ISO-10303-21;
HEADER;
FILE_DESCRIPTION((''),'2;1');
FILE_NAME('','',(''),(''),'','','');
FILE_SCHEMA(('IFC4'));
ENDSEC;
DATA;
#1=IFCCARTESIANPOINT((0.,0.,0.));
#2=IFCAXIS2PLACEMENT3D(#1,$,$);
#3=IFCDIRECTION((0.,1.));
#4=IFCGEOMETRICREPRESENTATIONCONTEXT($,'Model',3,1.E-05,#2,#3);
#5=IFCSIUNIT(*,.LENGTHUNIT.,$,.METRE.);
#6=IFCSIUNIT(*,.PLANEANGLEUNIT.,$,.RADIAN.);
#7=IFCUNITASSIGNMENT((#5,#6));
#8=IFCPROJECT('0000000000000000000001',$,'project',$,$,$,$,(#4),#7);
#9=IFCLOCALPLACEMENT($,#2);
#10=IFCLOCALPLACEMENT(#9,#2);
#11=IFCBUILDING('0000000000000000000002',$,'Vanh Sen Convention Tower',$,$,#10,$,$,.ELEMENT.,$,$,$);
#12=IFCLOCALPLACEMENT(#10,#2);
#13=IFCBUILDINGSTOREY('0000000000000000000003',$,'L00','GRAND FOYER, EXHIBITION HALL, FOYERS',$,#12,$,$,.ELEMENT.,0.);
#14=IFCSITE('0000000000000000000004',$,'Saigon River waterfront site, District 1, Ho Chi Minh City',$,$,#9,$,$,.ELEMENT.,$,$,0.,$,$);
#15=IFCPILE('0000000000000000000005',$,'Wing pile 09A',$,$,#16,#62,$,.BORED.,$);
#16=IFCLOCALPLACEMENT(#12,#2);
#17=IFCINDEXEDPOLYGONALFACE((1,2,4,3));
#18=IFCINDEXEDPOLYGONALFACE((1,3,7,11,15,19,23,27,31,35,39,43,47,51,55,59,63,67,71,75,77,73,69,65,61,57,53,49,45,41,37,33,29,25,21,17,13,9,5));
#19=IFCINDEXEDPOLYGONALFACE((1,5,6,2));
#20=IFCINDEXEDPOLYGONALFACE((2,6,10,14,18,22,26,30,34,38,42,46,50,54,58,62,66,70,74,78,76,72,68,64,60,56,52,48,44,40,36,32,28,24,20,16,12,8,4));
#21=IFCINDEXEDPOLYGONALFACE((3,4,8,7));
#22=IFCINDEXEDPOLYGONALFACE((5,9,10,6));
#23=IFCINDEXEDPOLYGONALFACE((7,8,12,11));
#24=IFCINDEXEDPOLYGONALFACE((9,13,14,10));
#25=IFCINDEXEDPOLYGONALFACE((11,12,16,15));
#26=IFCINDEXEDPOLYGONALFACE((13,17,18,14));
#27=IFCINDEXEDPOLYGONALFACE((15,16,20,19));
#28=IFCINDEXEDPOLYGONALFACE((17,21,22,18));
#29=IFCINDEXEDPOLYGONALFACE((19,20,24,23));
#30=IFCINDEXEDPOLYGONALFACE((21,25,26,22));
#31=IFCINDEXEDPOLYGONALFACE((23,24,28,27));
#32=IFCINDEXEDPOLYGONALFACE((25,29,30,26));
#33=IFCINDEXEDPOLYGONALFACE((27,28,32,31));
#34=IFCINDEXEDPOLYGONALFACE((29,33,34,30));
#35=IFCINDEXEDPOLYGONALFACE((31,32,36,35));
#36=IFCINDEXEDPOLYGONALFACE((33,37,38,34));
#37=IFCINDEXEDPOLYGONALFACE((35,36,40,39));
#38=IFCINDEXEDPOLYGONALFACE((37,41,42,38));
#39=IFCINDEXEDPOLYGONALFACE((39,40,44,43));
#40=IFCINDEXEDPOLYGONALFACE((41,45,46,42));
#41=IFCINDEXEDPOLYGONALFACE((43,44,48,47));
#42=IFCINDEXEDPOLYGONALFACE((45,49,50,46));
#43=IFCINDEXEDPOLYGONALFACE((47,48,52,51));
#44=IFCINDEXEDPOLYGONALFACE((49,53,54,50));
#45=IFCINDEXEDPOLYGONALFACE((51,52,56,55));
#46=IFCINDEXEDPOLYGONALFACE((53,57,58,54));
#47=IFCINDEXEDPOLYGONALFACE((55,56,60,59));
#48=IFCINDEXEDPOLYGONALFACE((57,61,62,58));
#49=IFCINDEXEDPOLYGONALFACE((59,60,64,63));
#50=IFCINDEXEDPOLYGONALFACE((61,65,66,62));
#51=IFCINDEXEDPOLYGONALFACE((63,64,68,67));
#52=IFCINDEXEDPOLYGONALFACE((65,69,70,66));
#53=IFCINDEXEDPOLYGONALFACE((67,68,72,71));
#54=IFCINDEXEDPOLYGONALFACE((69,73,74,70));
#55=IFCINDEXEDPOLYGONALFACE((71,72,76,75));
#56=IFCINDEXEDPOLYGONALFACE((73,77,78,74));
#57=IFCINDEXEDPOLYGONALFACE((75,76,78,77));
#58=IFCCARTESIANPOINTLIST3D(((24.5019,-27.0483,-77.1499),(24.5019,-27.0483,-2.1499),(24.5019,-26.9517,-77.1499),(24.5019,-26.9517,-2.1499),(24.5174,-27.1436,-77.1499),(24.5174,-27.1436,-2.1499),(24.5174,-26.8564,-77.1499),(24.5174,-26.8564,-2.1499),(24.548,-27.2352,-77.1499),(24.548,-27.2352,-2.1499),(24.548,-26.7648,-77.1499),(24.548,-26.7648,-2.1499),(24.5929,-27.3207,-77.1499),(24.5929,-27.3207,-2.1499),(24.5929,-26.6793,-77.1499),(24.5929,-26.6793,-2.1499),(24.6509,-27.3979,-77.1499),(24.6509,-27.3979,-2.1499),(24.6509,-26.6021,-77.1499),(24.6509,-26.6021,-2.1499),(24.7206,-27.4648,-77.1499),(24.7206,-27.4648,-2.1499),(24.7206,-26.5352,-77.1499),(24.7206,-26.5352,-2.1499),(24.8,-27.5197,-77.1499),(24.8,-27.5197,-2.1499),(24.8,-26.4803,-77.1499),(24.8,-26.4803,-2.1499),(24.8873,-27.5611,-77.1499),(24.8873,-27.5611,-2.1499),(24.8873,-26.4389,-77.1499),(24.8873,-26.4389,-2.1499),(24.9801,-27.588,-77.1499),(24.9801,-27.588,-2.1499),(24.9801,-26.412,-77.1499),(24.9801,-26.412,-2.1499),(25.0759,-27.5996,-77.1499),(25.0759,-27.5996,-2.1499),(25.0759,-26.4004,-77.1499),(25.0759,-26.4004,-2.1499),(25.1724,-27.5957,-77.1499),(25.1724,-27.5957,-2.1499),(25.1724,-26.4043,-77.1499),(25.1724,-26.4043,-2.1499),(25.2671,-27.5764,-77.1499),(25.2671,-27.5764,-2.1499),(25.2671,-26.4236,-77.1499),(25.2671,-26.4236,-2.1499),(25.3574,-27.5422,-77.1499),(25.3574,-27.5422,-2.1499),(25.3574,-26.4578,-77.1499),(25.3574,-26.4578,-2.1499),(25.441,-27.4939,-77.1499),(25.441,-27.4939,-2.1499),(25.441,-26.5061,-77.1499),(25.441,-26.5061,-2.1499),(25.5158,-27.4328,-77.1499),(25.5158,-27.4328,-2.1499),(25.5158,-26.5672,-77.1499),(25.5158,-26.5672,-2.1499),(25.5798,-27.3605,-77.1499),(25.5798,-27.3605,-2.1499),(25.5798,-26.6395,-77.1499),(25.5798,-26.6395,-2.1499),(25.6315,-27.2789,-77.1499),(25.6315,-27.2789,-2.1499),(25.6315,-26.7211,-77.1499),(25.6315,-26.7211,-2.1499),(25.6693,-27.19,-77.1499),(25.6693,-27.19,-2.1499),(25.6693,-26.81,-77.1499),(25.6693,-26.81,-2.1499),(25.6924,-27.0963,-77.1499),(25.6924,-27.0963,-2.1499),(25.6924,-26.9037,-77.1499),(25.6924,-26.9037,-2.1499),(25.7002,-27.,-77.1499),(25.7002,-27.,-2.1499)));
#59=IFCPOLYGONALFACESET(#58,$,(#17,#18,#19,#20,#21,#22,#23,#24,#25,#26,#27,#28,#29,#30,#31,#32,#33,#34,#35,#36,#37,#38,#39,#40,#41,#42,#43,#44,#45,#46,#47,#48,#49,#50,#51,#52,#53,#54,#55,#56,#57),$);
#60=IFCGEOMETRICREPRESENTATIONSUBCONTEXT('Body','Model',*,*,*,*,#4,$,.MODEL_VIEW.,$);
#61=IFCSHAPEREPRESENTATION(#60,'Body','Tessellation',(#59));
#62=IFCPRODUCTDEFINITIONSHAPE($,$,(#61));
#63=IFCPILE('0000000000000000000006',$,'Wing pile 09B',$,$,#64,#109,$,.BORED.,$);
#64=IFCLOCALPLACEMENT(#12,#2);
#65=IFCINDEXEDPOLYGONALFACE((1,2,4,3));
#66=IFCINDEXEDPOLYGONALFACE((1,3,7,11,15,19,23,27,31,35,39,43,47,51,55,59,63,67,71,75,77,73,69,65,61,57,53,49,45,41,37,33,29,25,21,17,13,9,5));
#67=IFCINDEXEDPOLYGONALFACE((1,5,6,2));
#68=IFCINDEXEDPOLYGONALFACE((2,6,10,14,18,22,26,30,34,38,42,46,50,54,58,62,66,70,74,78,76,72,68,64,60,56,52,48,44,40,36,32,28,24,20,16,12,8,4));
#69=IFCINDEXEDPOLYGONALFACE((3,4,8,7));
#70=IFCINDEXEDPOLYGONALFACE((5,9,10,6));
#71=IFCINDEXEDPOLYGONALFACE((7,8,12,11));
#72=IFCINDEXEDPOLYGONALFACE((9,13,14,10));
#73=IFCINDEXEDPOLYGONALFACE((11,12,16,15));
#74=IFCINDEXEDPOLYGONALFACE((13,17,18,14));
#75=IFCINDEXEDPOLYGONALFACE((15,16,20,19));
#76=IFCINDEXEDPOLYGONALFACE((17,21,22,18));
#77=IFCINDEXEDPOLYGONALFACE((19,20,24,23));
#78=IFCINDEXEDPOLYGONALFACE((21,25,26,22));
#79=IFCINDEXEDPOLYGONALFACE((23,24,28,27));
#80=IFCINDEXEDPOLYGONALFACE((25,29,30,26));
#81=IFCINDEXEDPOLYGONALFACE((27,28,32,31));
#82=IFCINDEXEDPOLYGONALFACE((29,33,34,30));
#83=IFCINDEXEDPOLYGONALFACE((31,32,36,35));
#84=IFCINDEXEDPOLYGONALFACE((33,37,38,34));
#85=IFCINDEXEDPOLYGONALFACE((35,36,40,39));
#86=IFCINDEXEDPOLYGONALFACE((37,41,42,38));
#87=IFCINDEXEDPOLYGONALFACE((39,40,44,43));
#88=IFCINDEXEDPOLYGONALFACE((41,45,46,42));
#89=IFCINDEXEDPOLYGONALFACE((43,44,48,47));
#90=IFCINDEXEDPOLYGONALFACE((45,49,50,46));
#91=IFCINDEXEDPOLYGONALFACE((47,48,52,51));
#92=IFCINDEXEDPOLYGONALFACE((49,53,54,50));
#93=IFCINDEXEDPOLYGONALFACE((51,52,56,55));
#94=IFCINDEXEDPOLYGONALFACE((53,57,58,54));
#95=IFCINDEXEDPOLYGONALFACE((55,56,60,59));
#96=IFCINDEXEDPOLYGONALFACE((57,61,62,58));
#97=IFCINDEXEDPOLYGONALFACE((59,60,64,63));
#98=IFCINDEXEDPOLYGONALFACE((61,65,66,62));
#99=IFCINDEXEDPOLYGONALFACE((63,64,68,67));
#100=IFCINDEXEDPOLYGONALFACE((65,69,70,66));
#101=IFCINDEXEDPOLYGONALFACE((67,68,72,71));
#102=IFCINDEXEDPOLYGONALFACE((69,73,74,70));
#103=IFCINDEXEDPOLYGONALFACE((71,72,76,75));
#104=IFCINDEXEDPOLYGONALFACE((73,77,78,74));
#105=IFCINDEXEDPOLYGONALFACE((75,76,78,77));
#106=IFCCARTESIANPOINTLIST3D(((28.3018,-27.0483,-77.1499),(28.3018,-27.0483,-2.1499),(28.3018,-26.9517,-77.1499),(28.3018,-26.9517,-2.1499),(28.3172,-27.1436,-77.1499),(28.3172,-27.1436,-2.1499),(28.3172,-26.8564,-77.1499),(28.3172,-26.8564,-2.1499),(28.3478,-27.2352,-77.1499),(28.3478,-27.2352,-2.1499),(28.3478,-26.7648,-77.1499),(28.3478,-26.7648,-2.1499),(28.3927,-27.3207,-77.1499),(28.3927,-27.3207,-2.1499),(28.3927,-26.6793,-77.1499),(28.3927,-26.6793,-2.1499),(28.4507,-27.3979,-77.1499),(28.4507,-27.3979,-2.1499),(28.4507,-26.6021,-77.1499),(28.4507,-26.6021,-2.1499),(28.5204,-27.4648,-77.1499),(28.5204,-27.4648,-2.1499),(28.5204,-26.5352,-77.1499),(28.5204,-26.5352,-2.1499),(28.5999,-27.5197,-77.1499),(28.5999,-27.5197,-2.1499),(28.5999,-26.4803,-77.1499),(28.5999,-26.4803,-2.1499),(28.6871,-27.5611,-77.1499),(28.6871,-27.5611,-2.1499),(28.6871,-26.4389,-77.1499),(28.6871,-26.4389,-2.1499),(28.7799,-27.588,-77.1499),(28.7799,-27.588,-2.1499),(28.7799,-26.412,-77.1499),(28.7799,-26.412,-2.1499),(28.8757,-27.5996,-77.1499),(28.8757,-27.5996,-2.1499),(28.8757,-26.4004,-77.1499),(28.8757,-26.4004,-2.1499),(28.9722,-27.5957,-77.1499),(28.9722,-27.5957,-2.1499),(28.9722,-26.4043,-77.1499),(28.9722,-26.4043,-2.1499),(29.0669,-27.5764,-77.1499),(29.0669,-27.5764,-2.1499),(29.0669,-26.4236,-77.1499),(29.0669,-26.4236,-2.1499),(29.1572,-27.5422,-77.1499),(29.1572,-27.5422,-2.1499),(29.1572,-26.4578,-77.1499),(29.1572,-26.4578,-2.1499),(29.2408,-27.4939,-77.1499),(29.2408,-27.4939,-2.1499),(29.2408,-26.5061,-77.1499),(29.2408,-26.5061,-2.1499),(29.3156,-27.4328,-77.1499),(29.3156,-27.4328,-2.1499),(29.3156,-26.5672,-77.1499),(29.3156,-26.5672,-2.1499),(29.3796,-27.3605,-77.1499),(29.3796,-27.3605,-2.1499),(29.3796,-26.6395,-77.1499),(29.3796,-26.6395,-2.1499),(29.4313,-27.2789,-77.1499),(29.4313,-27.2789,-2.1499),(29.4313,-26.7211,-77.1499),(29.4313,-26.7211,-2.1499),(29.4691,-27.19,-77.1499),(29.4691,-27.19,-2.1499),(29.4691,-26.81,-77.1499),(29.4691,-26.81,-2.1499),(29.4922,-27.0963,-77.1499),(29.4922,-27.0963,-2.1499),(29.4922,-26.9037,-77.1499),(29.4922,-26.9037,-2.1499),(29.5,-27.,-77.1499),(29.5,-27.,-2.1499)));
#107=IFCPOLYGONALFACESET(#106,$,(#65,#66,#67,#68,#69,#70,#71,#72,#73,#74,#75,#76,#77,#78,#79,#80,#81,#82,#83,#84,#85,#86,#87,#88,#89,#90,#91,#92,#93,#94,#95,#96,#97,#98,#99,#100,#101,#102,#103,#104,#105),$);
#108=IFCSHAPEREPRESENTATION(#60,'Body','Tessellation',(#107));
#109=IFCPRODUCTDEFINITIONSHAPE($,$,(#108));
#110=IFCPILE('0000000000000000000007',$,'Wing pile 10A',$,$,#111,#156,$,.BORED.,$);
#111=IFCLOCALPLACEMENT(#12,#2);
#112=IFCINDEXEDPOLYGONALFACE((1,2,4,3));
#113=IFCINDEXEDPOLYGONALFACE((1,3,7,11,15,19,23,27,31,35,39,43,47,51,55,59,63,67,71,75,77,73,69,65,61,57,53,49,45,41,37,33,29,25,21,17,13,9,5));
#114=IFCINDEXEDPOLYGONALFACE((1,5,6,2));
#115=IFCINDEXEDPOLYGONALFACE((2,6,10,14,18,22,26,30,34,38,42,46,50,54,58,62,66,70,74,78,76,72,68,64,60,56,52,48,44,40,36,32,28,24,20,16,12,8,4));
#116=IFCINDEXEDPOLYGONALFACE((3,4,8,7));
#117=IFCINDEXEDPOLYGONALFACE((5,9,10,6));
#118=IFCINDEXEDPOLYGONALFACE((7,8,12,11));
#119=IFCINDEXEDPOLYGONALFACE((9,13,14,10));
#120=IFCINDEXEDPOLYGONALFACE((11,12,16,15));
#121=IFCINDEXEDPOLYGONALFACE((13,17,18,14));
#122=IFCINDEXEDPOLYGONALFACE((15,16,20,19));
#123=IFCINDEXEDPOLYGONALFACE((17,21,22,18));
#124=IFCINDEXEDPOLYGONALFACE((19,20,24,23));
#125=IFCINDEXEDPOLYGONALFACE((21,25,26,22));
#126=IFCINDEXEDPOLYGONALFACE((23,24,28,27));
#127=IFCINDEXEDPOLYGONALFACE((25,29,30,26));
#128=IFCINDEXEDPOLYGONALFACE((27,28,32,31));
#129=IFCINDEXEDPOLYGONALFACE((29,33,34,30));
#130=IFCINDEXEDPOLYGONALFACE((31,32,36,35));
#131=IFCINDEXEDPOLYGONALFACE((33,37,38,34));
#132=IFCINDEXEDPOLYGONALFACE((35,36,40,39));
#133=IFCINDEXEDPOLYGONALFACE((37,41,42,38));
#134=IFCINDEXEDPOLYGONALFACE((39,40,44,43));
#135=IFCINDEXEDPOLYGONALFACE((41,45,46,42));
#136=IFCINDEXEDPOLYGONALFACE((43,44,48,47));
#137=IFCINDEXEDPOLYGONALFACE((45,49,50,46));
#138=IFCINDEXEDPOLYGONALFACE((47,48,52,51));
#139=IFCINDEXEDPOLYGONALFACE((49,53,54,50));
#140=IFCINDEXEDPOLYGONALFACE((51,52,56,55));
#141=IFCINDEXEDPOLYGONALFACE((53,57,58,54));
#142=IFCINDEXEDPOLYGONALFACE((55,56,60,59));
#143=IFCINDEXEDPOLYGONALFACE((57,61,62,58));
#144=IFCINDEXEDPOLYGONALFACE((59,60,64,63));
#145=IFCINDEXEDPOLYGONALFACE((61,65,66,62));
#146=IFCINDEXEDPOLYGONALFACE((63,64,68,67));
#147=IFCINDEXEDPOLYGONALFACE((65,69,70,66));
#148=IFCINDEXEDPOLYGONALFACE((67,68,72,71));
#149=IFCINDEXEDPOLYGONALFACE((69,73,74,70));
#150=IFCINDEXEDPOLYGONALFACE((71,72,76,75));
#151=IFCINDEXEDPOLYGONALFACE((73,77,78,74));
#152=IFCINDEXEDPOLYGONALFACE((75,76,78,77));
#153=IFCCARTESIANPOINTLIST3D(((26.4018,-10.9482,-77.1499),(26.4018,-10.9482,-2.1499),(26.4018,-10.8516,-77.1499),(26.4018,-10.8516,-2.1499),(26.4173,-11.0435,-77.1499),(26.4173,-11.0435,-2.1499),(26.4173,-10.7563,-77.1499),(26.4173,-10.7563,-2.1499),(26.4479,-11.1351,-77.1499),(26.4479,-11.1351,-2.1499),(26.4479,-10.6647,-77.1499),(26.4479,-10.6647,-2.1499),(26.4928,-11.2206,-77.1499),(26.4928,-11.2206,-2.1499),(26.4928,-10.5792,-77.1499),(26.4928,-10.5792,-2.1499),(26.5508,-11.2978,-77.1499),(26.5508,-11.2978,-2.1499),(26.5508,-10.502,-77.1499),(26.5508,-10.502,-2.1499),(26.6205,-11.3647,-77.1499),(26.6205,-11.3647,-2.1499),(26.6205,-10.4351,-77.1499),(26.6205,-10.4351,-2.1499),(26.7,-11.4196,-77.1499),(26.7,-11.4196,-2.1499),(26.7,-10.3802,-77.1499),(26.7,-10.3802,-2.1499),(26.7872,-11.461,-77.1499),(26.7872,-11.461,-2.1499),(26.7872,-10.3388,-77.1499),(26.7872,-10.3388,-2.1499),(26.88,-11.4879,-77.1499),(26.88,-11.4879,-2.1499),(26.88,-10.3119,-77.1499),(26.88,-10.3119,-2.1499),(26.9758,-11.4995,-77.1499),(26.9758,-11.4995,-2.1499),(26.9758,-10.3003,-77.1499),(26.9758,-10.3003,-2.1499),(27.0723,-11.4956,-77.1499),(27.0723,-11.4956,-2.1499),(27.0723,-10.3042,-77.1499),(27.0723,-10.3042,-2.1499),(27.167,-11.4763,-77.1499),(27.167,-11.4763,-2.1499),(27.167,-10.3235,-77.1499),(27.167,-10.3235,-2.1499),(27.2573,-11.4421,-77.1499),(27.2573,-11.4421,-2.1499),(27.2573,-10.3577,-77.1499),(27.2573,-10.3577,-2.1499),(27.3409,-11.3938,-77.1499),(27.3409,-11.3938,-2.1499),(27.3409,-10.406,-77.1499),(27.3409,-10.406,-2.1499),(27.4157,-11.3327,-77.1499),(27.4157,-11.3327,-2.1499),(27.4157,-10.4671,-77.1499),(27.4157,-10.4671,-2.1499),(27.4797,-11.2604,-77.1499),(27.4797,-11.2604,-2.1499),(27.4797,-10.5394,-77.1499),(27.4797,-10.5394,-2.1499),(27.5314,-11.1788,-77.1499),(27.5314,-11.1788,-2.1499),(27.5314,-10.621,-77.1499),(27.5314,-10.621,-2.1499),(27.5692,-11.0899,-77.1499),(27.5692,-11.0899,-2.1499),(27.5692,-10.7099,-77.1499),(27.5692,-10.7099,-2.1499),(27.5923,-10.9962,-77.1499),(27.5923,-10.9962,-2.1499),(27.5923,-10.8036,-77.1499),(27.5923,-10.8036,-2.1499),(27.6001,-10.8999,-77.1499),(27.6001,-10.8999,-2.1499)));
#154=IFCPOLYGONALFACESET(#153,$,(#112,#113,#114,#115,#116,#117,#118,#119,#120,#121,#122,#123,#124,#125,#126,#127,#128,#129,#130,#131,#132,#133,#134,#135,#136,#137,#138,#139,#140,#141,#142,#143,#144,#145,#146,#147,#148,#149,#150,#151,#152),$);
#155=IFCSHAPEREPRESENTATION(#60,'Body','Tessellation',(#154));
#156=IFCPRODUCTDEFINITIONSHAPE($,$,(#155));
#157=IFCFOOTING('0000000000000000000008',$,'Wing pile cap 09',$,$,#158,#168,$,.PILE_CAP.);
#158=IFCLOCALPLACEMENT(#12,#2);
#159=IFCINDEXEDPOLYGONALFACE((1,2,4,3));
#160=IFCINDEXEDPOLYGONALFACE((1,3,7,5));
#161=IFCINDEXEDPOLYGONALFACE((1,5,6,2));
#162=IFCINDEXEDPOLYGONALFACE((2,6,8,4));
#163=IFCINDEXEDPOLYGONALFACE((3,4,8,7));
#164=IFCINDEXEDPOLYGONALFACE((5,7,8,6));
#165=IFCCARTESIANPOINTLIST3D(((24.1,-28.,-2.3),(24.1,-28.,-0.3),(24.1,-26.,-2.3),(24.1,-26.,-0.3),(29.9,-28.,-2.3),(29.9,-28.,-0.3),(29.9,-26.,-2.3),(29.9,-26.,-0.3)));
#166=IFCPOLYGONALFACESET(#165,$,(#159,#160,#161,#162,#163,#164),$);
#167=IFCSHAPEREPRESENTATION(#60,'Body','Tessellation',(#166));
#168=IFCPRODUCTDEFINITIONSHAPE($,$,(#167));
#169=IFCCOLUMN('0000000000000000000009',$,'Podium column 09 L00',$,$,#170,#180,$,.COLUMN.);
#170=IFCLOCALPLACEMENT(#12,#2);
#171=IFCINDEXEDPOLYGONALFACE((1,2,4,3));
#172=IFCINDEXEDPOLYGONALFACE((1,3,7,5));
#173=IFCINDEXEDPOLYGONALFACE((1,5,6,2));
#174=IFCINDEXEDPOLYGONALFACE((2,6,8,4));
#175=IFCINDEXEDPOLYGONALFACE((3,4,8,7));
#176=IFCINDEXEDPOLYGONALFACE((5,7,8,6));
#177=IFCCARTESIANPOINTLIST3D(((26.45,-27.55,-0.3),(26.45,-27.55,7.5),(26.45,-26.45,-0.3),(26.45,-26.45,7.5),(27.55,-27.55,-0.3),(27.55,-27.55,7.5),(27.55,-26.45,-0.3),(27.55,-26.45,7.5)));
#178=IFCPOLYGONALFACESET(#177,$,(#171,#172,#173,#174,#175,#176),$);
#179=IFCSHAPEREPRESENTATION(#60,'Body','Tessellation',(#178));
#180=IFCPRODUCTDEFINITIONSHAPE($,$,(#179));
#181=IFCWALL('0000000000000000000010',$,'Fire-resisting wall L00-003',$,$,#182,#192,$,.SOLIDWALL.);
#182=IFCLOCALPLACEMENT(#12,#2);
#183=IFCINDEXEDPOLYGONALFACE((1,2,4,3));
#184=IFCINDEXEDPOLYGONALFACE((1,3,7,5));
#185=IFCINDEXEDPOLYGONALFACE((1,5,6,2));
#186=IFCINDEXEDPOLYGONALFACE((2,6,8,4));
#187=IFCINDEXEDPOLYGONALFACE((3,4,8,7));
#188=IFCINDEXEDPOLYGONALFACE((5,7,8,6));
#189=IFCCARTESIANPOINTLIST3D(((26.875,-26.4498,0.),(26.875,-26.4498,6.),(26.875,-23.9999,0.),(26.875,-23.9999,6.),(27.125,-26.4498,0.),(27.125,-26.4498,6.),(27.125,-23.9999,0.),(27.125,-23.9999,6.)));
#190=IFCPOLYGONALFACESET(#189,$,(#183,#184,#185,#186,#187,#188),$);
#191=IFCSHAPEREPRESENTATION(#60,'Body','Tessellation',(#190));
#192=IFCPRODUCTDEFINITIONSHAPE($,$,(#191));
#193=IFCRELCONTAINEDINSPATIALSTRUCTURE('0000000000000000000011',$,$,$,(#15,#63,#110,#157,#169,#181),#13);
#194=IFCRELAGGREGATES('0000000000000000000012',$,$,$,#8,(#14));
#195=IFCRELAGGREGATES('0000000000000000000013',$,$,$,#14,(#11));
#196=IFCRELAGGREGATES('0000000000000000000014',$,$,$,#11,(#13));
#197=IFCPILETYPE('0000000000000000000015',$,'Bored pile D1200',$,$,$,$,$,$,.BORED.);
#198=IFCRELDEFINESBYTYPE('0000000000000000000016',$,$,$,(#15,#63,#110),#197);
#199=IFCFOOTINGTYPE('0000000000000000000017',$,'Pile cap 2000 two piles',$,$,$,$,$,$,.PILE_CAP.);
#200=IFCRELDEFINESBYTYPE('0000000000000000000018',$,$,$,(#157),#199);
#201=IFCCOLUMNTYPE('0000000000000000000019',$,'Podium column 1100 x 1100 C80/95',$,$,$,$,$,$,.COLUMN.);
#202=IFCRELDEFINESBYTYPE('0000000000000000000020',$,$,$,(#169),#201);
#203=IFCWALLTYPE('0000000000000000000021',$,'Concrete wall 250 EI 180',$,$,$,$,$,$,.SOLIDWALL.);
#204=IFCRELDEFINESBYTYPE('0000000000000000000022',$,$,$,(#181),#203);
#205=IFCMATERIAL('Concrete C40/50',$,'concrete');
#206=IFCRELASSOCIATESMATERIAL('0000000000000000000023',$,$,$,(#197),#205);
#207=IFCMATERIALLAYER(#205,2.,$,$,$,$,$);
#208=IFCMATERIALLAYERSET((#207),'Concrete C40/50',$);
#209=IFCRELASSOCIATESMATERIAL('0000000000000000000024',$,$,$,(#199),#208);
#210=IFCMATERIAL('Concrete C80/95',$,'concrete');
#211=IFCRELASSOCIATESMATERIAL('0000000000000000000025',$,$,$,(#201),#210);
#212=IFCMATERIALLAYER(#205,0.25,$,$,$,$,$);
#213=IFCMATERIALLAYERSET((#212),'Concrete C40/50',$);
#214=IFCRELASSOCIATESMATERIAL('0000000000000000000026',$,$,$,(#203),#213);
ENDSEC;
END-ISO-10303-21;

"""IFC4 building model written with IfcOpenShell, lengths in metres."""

from ifc_helpers import new_model, si_unit, direction, frame, frame_2d, origin, origin_2d, place, context, subcontext, project, spatial, rectangle, circle, extrude, material, layer, layer_set, material_profile, profile_set, type_object, element, save


model = new_model("IFC4")

# Units and contexts
model_context = context("Model", 3, precision=1e-05, world=origin(), true_north=direction((0.0, 1.0)))
body_context = subcontext(model_context, "Body", "Model", "MODEL_VIEW")
ifc_project = project(units=[si_unit("LENGTHUNIT", "METRE"), si_unit("PLANEANGLEUNIT", "RADIAN")], contexts=[model_context])

# Site, building, storey
site_placement = place(None, origin())
site = spatial("IfcSite", under=ifc_project, at=site_placement, Name="Saigon River waterfront site, District 1, Ho Chi Minh City", CompositionType="ELEMENT", RefElevation=0.0)
building_placement = place(site_placement, origin())
building = spatial("IfcBuilding", under=site, at=building_placement, Name="Vanh Sen Convention Tower", CompositionType="ELEMENT")
storey_placement = place(building_placement, origin())
storey = spatial("IfcBuildingStorey", under=building, at=storey_placement, Name="L00", Description="GRAND FOYER, EXHIBITION HALL, FOYERS", CompositionType="ELEMENT", Elevation=0.0)

# Piles
ifc_material_1 = material(Name="Concrete C40/50", Category="concrete")
ifc_material_profile_1 = material_profile(ifc_material_1, circle(Radius=0.6001, at=origin_2d()), Name="Bored pile D1200")
ifc_profile_set_1 = profile_set([ifc_material_profile_1], Name="Concrete C40/50")
pile_type = type_object("IfcPileType", Name="Bored pile D1200", PredefinedType="BORED", material=ifc_profile_set_1)
for number, where, z_axis, x_axis, name in (
    (1, (25.1001, -27.0, -2.1499), (0.0, 0.0, -1.0), (1.0, 0.0, 0.0), "Wing pile 09A"),
    (2, (28.8999, -27.0, -2.1499), (0.0, 0.0, -1.0), (1.0, 0.0, 0.0), "Wing pile 09B"),
    (3, (27.0, -10.8999, -2.1499), (0.0, 0.0, -1.0), (1.0, 0.0, 0.0), "Wing pile 10A"),
):
    element("IfcPile", number, at=place(storey_placement, frame(where, z_axis=z_axis, x_axis=x_axis)), inside=storey, type_object=pile_type, Name=name, PredefinedType="BORED", context=body_context, shape_type="SweptSolid", body=[
        extrude(circle(Radius=0.6001, at=origin_2d()), origin(), (0.0, 0.0, 1.0), 75.0),
    ])

# Footing
ifc_layer_1 = layer(ifc_material_1, 2.0)
ifc_layer_set_1 = layer_set([ifc_layer_1], Name="Concrete C40/50")
footing_type = type_object("IfcFootingType", Name="Pile cap 2000 two piles", PredefinedType="PILE_CAP", material=ifc_layer_set_1)
footing_placement = place(storey_placement, frame((27.0, -27.0, -2.3), z_axis=(0.0, 0.0, 1.0), x_axis=(1.0, 0.0, 0.0)))
element("IfcFooting", 4, at=footing_placement, inside=storey, type_object=footing_type, Name="Wing pile cap 09", PredefinedType="PILE_CAP", context=body_context, shape_type="SweptSolid", body=[
    extrude(rectangle(XDim=5.8, YDim=2.0, at=origin_2d()), origin(), (0.0, 0.0, 1.0), 2.0),
])

# Column
ifc_material_2 = material(Name="Concrete C80/95", Category="concrete")
ifc_material_profile_2 = material_profile(ifc_material_2, rectangle(XDim=1.1001, YDim=1.1001, at=origin_2d()), Name="RC 1100X1100")
ifc_profile_set_2 = profile_set([ifc_material_profile_2], Name="Concrete C80/95")
column_type = type_object("IfcColumnType", Name="Podium column 1100 x 1100 C80/95", PredefinedType="COLUMN", material=ifc_profile_set_2)
column_placement = place(storey_placement, frame((27.0, -27.0, -0.3), z_axis=(0.0, 0.0, 1.0), x_axis=(1.0, 0.0, 0.0)))
element("IfcColumn", 5, at=column_placement, inside=storey, type_object=column_type, Name="Podium column 09 L00", PredefinedType="COLUMN", context=body_context, shape_type="SweptSolid", body=[
    extrude(rectangle(XDim=1.1001, YDim=1.1001, at=origin_2d()), origin(), (0.0, 0.0, 1.0), 7.8),
])

# Wall
ifc_layer_2 = layer(ifc_material_1, 0.25)
ifc_layer_set_2 = layer_set([ifc_layer_2], Name="Concrete C40/50")
wall_type_1 = type_object("IfcWallType", Name="Concrete wall 250 EI 180", PredefinedType="SOLIDWALL", material=ifc_layer_set_2)
wall_1_placement = place(storey_placement, frame((27.0, -26.45, 0.0), z_axis=(0.0, 0.0, 1.0), x_axis=(0.0, 1.0, 0.0)))
element("IfcWall", 6, at=wall_1_placement, inside=storey, type_object=wall_type_1, Name="Fire-resisting wall L00-003", PredefinedType="SOLIDWALL", context=body_context, shape_type="SweptSolid", body=[
    extrude(rectangle(XDim=2.45, YDim=0.25, at=frame_2d((1.2251, 0.0))), origin(), (0.0, 0.0, 1.0), 6.0),
])

save(model, "model.ifc")
